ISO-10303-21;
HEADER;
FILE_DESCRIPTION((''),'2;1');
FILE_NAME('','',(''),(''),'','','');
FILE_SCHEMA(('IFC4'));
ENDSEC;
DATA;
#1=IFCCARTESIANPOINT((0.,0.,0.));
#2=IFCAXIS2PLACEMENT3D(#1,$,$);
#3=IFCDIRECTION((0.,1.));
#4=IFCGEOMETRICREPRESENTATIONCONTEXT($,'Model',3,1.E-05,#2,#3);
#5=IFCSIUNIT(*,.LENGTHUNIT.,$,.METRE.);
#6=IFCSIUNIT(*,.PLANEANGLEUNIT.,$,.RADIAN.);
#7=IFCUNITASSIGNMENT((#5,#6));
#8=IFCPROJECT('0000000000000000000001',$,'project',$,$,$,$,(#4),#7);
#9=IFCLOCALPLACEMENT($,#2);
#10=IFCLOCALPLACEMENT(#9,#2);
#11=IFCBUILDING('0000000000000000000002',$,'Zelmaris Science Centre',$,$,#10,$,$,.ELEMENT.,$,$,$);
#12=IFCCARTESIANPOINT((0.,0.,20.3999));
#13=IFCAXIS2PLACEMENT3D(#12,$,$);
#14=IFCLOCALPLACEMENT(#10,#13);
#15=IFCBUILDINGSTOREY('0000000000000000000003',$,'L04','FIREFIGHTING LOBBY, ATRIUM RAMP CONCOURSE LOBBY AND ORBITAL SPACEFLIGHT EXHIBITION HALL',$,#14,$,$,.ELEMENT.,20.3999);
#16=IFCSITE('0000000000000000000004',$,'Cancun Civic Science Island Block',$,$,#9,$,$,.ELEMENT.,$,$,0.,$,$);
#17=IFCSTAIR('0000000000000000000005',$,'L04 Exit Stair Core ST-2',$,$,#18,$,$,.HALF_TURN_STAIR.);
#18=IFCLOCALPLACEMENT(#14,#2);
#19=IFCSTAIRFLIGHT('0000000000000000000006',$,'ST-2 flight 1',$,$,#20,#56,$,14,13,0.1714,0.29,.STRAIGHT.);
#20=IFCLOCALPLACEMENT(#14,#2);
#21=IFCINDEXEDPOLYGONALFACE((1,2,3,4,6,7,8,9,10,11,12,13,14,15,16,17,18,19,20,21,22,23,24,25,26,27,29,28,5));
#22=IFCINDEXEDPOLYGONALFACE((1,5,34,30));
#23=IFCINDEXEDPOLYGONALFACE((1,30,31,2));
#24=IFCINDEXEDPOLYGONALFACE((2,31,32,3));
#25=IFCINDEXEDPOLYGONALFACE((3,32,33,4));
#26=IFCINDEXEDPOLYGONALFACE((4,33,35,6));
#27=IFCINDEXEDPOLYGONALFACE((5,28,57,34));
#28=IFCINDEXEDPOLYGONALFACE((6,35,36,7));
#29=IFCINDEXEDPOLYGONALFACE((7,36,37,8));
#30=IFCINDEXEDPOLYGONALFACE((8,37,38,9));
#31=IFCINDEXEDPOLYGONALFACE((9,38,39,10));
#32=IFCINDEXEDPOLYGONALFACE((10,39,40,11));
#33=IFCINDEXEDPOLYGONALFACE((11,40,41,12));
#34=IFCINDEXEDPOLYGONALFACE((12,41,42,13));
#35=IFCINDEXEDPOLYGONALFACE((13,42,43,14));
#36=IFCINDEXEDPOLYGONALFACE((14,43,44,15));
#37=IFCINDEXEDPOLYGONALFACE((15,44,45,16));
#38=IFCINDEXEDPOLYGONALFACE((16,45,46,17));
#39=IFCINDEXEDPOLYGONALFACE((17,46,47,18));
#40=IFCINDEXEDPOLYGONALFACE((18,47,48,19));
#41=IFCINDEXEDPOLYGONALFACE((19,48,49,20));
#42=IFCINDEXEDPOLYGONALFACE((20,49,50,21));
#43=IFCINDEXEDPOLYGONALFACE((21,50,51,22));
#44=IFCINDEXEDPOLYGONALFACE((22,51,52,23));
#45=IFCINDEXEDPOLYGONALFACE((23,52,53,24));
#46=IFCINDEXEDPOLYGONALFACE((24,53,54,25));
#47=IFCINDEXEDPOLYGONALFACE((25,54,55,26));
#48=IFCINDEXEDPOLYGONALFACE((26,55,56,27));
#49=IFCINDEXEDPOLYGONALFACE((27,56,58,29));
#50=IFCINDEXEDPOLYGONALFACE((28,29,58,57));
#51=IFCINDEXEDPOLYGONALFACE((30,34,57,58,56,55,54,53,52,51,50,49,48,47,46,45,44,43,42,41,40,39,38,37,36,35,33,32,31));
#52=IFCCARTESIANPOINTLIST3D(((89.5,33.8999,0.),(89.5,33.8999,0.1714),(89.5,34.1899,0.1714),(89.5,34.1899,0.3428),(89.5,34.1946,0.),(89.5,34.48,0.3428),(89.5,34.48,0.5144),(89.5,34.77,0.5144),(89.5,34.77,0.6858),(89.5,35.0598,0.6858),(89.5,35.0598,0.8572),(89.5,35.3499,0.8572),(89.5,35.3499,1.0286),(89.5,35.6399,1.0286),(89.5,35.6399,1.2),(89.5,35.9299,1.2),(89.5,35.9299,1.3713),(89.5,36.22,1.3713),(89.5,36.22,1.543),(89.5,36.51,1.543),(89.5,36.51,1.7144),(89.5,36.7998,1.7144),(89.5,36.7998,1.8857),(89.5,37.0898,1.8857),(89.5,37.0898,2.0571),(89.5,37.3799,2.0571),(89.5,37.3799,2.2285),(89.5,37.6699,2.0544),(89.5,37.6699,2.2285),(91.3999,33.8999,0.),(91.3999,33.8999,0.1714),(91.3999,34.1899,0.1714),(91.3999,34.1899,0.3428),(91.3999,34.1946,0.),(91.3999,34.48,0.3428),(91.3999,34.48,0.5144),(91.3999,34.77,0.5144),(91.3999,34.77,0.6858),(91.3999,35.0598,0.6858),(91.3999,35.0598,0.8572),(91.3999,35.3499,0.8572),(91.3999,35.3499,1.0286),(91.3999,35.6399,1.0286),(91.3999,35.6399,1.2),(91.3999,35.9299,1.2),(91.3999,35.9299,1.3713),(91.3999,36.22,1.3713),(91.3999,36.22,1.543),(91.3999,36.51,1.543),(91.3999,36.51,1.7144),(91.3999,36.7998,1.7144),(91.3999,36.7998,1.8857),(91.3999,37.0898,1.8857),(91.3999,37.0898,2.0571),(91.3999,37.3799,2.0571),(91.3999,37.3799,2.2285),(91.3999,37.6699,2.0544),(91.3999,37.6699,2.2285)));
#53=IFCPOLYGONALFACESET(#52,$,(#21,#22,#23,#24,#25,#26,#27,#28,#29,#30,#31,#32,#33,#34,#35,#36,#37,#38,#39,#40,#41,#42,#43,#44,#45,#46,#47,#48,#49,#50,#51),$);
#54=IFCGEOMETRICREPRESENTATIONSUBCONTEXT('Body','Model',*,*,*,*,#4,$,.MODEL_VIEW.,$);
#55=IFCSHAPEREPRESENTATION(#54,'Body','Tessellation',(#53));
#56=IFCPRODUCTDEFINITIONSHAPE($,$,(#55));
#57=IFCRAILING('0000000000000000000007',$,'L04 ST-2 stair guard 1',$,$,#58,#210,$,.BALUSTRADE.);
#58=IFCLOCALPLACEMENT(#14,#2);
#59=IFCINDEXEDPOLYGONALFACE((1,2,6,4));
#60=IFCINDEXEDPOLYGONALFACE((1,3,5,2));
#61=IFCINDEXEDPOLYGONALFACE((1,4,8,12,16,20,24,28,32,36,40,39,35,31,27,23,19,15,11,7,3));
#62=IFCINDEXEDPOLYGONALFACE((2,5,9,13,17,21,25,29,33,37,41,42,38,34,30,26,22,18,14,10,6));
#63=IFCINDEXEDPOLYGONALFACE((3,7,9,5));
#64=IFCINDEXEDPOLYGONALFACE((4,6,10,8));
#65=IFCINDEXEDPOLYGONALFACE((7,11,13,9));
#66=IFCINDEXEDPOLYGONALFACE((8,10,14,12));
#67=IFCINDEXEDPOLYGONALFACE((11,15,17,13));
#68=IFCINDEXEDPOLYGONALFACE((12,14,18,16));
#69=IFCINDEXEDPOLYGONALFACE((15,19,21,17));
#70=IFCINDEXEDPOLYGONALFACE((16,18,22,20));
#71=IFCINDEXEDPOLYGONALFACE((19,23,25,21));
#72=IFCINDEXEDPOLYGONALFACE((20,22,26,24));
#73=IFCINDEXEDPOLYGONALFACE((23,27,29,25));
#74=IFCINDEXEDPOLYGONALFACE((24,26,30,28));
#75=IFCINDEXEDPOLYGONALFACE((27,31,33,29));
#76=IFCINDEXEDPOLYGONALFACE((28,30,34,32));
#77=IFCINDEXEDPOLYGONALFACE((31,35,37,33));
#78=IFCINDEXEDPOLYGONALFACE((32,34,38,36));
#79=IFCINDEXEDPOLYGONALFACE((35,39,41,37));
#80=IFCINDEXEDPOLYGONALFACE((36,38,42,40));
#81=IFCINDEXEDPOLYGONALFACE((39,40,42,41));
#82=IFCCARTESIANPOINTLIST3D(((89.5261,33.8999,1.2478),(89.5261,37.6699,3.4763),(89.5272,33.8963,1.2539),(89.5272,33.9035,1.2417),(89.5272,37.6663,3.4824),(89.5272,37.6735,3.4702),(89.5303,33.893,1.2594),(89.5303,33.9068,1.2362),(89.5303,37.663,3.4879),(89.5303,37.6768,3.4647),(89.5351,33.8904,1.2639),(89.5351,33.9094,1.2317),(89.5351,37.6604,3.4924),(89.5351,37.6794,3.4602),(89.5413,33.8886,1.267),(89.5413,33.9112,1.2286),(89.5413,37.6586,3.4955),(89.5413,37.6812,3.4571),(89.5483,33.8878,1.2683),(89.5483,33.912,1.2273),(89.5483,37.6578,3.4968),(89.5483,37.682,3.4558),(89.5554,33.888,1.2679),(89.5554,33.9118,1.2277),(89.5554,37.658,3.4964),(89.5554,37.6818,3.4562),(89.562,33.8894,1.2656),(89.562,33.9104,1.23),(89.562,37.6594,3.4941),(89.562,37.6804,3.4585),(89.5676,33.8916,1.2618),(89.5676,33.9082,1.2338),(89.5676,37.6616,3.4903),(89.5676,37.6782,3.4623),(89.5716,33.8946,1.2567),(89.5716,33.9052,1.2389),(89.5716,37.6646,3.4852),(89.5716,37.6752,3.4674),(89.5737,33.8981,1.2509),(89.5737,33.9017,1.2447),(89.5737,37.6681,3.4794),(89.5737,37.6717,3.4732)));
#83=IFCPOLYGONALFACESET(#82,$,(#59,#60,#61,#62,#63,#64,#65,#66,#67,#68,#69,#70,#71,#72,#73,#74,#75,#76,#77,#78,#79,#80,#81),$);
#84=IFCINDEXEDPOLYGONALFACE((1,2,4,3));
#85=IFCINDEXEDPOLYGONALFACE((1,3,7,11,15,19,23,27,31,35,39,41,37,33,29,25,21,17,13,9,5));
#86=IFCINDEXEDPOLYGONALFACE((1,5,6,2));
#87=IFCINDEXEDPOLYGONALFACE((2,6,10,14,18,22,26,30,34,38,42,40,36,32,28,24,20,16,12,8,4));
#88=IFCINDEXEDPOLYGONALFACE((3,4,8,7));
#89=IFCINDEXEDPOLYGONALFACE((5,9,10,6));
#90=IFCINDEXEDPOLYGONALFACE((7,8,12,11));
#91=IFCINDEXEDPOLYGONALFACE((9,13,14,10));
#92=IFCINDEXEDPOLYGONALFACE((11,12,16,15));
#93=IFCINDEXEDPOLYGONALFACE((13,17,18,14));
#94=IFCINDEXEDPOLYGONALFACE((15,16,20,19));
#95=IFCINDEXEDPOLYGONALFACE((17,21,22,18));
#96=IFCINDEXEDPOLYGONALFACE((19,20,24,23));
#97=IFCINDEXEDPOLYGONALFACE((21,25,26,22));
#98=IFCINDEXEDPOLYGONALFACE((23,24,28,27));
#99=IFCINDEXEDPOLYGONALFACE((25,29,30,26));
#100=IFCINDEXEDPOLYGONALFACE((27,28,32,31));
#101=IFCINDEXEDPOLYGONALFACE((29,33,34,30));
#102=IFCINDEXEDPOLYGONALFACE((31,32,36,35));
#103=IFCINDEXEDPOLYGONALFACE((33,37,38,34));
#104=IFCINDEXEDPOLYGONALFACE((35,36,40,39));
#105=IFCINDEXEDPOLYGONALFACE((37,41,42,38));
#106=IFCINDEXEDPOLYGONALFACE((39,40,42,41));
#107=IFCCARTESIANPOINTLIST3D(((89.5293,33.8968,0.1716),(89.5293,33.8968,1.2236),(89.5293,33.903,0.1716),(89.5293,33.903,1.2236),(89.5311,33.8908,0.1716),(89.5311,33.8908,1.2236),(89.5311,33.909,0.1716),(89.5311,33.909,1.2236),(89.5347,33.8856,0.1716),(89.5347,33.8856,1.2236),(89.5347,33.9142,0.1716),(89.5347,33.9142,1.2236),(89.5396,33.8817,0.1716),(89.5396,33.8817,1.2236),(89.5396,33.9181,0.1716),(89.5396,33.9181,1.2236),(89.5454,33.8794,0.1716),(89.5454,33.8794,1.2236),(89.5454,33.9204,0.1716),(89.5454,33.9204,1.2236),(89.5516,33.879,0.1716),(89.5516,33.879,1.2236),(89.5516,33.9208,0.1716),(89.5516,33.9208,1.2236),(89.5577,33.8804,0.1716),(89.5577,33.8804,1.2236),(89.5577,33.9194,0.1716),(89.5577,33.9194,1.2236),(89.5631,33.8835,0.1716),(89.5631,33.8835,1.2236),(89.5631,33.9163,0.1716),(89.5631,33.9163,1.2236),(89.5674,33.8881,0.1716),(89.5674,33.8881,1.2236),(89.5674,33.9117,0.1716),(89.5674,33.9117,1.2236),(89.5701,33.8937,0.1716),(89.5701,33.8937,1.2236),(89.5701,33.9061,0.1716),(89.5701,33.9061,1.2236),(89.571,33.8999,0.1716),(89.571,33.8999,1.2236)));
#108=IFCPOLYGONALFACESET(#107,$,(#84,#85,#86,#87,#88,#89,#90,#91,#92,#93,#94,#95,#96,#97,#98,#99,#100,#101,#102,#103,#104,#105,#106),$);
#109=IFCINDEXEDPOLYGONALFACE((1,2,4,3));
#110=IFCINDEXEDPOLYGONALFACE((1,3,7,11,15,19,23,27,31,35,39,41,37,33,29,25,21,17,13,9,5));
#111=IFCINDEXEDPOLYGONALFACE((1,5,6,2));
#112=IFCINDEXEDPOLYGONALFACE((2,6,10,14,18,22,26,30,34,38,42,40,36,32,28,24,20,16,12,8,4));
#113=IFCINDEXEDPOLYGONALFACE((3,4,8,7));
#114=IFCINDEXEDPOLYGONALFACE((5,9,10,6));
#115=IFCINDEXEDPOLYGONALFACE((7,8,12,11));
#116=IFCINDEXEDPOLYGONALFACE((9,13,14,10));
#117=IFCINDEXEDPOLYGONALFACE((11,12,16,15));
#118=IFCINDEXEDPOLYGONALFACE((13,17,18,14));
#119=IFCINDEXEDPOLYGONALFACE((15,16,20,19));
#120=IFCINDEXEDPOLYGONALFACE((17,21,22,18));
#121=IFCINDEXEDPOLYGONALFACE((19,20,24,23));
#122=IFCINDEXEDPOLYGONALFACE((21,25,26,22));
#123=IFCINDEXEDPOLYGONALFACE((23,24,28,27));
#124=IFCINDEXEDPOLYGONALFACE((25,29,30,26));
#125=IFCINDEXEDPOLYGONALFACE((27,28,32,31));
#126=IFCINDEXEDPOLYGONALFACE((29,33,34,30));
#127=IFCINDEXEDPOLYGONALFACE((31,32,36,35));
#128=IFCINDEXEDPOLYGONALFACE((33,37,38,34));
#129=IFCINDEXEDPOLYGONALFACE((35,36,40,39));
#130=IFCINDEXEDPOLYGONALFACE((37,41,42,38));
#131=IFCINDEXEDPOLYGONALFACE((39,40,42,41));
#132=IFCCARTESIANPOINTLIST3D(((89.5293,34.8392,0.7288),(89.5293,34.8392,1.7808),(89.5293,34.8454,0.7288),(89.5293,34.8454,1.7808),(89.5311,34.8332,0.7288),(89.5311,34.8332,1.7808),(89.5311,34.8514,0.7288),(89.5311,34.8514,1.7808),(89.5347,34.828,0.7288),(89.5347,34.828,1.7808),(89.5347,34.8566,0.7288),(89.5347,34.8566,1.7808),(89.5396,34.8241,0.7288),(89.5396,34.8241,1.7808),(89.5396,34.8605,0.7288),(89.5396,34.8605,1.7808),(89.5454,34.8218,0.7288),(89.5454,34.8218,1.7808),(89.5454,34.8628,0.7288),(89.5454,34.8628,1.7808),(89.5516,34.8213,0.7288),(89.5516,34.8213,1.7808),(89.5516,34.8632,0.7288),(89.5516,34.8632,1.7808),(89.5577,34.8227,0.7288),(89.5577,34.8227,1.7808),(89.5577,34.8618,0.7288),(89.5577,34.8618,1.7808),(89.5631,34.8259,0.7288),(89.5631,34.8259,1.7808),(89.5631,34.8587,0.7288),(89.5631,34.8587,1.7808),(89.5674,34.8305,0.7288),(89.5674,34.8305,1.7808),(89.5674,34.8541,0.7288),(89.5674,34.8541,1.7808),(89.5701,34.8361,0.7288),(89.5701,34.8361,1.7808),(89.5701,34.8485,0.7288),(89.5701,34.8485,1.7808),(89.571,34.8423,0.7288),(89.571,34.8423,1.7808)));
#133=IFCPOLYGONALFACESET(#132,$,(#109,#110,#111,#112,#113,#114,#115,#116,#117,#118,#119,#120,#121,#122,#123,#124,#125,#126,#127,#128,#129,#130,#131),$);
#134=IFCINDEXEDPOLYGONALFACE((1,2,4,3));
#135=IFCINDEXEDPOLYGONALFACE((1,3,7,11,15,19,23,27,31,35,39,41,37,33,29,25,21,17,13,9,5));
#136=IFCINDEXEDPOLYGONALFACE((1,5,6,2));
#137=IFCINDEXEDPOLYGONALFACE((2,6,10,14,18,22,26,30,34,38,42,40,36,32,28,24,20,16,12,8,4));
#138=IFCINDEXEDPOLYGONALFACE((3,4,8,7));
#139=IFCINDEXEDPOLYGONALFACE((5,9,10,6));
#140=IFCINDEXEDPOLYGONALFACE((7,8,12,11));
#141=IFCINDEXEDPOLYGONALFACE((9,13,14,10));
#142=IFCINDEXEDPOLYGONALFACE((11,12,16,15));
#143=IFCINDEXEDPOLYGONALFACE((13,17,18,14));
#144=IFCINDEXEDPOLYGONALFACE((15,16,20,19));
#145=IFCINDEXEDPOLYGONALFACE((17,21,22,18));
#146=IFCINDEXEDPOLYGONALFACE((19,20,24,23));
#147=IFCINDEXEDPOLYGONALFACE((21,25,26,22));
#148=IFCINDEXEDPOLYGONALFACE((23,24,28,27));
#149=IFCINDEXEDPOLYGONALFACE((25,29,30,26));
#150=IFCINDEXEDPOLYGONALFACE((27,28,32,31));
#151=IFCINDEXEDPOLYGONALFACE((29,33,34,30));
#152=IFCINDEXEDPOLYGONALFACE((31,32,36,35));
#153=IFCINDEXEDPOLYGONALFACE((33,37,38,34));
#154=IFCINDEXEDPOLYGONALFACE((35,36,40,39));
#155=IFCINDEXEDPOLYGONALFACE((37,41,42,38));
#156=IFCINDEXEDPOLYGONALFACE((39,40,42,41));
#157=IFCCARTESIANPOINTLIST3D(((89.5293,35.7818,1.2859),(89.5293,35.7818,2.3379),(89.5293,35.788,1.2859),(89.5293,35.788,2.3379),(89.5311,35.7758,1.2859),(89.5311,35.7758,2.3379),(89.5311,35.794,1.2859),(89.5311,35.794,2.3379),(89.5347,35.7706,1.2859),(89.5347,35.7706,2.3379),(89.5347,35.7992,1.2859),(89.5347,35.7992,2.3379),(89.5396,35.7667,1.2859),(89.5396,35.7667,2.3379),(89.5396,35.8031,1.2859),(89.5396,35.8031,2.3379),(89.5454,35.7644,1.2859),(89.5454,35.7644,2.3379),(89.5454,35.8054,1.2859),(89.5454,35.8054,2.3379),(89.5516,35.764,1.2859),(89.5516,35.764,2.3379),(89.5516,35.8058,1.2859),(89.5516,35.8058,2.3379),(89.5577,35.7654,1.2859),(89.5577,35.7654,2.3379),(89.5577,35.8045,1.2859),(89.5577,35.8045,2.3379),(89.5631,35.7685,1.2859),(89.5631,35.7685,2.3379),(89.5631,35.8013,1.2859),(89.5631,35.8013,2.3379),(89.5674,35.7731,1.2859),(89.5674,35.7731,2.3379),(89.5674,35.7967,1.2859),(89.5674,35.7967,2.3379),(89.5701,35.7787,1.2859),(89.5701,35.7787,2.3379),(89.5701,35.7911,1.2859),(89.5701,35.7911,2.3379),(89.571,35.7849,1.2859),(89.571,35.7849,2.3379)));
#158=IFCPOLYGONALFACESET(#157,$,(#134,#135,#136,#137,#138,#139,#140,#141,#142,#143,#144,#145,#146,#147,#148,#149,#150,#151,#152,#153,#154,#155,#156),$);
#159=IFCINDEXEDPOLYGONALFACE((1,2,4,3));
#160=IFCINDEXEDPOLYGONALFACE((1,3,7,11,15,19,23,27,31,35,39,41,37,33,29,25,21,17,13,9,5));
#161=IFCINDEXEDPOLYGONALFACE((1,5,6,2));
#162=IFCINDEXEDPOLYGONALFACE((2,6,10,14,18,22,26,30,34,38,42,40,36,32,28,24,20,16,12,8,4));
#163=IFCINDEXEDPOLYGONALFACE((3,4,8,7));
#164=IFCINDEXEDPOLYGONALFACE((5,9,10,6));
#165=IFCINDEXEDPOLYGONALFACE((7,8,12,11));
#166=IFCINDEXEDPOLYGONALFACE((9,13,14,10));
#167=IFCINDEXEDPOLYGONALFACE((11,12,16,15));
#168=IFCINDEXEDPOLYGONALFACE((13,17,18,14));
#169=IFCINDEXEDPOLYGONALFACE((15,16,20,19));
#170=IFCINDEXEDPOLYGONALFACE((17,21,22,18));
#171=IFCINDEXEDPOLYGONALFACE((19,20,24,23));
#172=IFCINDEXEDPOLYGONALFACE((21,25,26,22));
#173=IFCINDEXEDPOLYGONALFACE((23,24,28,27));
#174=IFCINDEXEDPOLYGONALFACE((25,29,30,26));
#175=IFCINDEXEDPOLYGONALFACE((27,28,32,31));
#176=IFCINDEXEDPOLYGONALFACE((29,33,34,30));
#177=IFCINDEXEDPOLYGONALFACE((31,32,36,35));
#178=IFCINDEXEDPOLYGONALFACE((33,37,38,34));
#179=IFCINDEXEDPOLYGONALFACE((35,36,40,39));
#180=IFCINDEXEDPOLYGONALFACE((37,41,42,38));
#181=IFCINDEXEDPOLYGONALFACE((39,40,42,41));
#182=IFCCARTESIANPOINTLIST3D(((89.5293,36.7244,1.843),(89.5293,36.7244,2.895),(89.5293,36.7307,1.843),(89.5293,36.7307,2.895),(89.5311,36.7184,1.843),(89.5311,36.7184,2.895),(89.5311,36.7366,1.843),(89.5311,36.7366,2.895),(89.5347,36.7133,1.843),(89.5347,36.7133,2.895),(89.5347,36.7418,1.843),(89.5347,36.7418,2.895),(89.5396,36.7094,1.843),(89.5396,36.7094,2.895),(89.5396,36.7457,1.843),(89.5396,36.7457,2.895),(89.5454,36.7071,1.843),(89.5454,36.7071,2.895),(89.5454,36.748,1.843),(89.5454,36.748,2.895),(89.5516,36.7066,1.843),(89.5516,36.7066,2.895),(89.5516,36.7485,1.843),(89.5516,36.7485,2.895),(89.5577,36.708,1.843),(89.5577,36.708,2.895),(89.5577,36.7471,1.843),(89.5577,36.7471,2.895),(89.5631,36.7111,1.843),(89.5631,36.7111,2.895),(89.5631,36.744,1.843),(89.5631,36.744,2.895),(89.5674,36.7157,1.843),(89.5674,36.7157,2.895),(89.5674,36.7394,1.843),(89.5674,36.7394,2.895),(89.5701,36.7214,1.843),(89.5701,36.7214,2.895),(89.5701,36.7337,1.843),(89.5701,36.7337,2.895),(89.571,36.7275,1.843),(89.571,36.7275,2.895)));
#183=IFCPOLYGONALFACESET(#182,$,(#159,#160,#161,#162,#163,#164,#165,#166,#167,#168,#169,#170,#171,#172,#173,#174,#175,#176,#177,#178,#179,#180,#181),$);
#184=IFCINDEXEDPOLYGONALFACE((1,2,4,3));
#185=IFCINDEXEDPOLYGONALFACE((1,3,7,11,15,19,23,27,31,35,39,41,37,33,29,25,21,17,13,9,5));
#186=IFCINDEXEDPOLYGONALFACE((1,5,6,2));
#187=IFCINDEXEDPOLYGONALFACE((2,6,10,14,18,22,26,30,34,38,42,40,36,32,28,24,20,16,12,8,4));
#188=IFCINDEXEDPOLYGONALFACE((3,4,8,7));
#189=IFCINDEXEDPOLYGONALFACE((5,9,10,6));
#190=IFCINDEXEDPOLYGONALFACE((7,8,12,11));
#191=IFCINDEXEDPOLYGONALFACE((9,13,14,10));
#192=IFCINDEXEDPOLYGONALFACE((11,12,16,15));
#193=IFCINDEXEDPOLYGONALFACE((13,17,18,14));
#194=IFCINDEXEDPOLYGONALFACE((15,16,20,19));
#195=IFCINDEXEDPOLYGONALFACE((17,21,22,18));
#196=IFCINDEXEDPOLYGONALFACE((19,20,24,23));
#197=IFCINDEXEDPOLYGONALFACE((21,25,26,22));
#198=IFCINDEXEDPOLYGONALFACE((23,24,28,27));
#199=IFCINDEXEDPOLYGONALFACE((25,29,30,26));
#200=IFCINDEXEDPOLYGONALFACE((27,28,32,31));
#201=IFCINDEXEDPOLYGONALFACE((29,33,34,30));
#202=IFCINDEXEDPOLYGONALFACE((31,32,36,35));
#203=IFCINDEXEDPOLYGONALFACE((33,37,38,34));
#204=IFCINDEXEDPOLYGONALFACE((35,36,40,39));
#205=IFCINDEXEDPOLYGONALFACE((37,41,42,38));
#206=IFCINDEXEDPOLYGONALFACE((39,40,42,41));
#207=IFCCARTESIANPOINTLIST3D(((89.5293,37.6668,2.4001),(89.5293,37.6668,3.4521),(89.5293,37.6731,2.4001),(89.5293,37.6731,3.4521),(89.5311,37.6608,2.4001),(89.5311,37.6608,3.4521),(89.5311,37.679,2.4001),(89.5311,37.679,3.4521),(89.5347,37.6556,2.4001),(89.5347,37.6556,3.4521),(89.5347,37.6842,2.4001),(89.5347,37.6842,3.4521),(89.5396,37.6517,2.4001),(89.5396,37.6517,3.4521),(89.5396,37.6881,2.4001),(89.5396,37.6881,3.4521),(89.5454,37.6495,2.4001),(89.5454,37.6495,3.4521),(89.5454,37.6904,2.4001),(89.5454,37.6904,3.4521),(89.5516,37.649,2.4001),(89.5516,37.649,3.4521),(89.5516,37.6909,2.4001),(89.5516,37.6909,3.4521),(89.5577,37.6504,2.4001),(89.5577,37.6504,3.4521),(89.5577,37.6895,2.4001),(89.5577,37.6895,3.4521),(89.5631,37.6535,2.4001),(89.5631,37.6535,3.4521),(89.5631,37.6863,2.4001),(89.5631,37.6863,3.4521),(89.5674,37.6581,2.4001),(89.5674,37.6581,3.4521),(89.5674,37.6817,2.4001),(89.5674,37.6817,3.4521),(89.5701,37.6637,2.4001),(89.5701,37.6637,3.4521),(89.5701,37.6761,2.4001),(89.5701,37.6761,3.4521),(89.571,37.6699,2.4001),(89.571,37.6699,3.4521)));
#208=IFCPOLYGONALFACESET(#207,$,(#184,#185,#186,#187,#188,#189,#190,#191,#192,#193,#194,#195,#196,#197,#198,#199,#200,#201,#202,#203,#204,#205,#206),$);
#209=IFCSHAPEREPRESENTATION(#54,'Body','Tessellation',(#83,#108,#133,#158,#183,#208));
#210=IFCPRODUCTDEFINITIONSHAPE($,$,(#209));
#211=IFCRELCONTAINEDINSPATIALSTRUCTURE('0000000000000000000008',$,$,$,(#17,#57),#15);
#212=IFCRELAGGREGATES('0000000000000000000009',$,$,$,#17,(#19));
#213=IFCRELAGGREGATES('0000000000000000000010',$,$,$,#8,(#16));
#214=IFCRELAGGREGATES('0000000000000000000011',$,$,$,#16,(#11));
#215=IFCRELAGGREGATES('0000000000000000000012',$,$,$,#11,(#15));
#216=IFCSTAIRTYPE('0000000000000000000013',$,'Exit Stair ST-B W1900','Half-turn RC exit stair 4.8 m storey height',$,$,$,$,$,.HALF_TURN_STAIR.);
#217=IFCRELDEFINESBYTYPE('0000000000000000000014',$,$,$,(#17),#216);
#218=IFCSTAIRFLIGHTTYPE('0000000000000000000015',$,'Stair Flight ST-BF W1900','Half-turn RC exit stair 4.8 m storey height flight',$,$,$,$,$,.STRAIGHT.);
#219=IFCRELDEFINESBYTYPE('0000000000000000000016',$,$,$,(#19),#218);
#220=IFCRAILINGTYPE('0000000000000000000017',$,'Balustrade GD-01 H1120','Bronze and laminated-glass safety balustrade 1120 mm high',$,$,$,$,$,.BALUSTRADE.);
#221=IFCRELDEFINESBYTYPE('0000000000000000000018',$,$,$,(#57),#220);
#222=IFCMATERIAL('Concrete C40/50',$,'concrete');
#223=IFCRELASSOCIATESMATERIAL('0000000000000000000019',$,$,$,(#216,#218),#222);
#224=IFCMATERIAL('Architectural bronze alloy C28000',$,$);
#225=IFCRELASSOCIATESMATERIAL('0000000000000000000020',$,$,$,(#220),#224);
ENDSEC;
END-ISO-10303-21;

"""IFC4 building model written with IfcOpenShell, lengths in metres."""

from ifc_helpers import new_model, si_unit, direction, frame, origin, origin_2d, place, context, subcontext, project, spatial, polyline, circle, outline, extrude, material, type_object, element, aggregate, save


model = new_model("IFC4")

# Units and contexts
model_context = context("Model", 3, precision=1e-05, world=origin(), true_north=direction((0.0, 1.0)))
body_context = subcontext(model_context, "Body", "Model", "MODEL_VIEW")
ifc_project = project(units=[si_unit("LENGTHUNIT", "METRE"), si_unit("PLANEANGLEUNIT", "RADIAN")], contexts=[model_context])

# Site, building, storey
site_placement = place(None, origin())
site = spatial("IfcSite", under=ifc_project, at=site_placement, Name="Cancun Civic Science Island Block", CompositionType="ELEMENT", RefElevation=0.0)
building_placement = place(site_placement, origin())
building = spatial("IfcBuilding", under=site, at=building_placement, Name="Zelmaris Science Centre", CompositionType="ELEMENT")
storey_placement = place(building_placement, frame((0.0, 0.0, 20.3999)))
storey = spatial("IfcBuildingStorey", under=building, at=storey_placement, Name="L04", Description="FIREFIGHTING LOBBY, ATRIUM RAMP CONCOURSE LOBBY AND ORBITAL SPACEFLIGHT EXHIBITION HALL", CompositionType="ELEMENT", Elevation=20.3999)

# Stair, stair flight
ifc_material_1 = material(Name="Concrete C40/50", Category="concrete")
stair_type = type_object("IfcStairType", Name="Exit Stair ST-B W1900", Description="Half-turn RC exit stair 4.8 m storey height", PredefinedType="HALF_TURN_STAIR", material=ifc_material_1)
stair_placement = place(storey_placement, origin())
stair = element("IfcStair", 1, at=stair_placement, inside=storey, type_object=stair_type, Name="L04 Exit Stair Core ST-2", PredefinedType="HALF_TURN_STAIR")
stair_flight_type = type_object("IfcStairFlightType", Name="Stair Flight ST-BF W1900", Description="Half-turn RC exit stair 4.8 m storey height flight", PredefinedType="STRAIGHT", material=ifc_material_1)
stair_flight_placement = place(storey_placement, frame((90.45, 33.8999, 0.0), z_axis=(0.0, 0.0, 1.0), x_axis=(0.0, 1.0, 0.0)))
stair_flight = element("IfcStairFlight", 2, at=stair_flight_placement, type_object=stair_flight_type, Name="ST-2 flight 1", NumberOfRisers=14, NumberOfTreads=13, PredefinedType="STRAIGHT", RiserHeight=0.1714, TreadLength=0.29, context=body_context, shape_type="SweptSolid", body=[
    extrude(outline(polyline([(0.0, 0.0), (0.0, 0.1714), (0.29, 0.1714), (0.29, 0.3428), (0.5801, 0.3428), (0.5801, 0.5144), (0.8701, 0.5144), (0.8701, 0.6858), (1.1599, 0.6858), (1.1599, 0.8572), (1.45, 0.8572), (1.45, 1.0286), (1.74, 1.0286), (1.74, 1.2), (2.03, 1.2), (2.03, 1.3713), (2.3201, 1.3713), (2.3201, 1.543), (2.6101, 1.543), (2.6101, 1.7144), (2.8999, 1.7144), (2.8999, 1.8857), (3.1899, 1.8857), (3.1899, 2.0571), (3.48, 2.0571), (3.48, 2.2285), (3.77, 2.2285), (3.77, 2.3999), (3.77, 2.0544), (0.2947, 0.0), (0.0, 0.0)])), frame((0.0, 0.95, 0.0), z_axis=(0.0, -1.0, 0.0), x_axis=(1.0, 0.0, 0.0)), (0.0, 0.0, 1.0), 1.8999),
])
aggregate(stair, [stair_flight])

# Railing
ifc_material_2 = material(Name="Architectural bronze alloy C28000")
railing_type_1 = type_object("IfcRailingType", Name="Balustrade GD-01 H1120", Description="Bronze and laminated-glass safety balustrade 1120 mm high", PredefinedType="BALUSTRADE", material=ifc_material_2)
railing_1_placement = place(storey_placement, frame((89.55, 33.8999, 0.1716)))
element("IfcRailing", 3, at=railing_1_placement, inside=storey, type_object=railing_type_1, Name="L04 ST-2 stair guard 1", PredefinedType="BALUSTRADE", context=body_context, shape_type="SweptSolid", body=[
    extrude(circle(Radius=0.0239, at=origin_2d()), frame((0.0, 0.0, 1.0762), z_axis=(0.0, 0.860849, 0.508861), x_axis=(-1.0, 0.0, 0.0)), (0.0, 0.0, 1.0), 4.3794),
    extrude(circle(Radius=0.021, at=origin_2d()), origin(), (0.0, 0.0, 1.0), 1.052),
    extrude(circle(Radius=0.021, at=origin_2d()), frame((0.0, 0.9424, 0.5571)), (0.0, 0.0, 1.0), 1.052),
    extrude(circle(Radius=0.021, at=origin_2d()), frame((0.0, 1.885, 1.1143)), (0.0, 0.0, 1.0), 1.052),
    extrude(circle(Radius=0.021, at=origin_2d()), frame((0.0, 2.8276, 1.6714)), (0.0, 0.0, 1.0), 1.052),
    extrude(circle(Radius=0.021, at=origin_2d()), frame((0.0, 3.77, 2.2285)), (0.0, 0.0, 1.0), 1.052),
])

save(model, "model.ifc")
